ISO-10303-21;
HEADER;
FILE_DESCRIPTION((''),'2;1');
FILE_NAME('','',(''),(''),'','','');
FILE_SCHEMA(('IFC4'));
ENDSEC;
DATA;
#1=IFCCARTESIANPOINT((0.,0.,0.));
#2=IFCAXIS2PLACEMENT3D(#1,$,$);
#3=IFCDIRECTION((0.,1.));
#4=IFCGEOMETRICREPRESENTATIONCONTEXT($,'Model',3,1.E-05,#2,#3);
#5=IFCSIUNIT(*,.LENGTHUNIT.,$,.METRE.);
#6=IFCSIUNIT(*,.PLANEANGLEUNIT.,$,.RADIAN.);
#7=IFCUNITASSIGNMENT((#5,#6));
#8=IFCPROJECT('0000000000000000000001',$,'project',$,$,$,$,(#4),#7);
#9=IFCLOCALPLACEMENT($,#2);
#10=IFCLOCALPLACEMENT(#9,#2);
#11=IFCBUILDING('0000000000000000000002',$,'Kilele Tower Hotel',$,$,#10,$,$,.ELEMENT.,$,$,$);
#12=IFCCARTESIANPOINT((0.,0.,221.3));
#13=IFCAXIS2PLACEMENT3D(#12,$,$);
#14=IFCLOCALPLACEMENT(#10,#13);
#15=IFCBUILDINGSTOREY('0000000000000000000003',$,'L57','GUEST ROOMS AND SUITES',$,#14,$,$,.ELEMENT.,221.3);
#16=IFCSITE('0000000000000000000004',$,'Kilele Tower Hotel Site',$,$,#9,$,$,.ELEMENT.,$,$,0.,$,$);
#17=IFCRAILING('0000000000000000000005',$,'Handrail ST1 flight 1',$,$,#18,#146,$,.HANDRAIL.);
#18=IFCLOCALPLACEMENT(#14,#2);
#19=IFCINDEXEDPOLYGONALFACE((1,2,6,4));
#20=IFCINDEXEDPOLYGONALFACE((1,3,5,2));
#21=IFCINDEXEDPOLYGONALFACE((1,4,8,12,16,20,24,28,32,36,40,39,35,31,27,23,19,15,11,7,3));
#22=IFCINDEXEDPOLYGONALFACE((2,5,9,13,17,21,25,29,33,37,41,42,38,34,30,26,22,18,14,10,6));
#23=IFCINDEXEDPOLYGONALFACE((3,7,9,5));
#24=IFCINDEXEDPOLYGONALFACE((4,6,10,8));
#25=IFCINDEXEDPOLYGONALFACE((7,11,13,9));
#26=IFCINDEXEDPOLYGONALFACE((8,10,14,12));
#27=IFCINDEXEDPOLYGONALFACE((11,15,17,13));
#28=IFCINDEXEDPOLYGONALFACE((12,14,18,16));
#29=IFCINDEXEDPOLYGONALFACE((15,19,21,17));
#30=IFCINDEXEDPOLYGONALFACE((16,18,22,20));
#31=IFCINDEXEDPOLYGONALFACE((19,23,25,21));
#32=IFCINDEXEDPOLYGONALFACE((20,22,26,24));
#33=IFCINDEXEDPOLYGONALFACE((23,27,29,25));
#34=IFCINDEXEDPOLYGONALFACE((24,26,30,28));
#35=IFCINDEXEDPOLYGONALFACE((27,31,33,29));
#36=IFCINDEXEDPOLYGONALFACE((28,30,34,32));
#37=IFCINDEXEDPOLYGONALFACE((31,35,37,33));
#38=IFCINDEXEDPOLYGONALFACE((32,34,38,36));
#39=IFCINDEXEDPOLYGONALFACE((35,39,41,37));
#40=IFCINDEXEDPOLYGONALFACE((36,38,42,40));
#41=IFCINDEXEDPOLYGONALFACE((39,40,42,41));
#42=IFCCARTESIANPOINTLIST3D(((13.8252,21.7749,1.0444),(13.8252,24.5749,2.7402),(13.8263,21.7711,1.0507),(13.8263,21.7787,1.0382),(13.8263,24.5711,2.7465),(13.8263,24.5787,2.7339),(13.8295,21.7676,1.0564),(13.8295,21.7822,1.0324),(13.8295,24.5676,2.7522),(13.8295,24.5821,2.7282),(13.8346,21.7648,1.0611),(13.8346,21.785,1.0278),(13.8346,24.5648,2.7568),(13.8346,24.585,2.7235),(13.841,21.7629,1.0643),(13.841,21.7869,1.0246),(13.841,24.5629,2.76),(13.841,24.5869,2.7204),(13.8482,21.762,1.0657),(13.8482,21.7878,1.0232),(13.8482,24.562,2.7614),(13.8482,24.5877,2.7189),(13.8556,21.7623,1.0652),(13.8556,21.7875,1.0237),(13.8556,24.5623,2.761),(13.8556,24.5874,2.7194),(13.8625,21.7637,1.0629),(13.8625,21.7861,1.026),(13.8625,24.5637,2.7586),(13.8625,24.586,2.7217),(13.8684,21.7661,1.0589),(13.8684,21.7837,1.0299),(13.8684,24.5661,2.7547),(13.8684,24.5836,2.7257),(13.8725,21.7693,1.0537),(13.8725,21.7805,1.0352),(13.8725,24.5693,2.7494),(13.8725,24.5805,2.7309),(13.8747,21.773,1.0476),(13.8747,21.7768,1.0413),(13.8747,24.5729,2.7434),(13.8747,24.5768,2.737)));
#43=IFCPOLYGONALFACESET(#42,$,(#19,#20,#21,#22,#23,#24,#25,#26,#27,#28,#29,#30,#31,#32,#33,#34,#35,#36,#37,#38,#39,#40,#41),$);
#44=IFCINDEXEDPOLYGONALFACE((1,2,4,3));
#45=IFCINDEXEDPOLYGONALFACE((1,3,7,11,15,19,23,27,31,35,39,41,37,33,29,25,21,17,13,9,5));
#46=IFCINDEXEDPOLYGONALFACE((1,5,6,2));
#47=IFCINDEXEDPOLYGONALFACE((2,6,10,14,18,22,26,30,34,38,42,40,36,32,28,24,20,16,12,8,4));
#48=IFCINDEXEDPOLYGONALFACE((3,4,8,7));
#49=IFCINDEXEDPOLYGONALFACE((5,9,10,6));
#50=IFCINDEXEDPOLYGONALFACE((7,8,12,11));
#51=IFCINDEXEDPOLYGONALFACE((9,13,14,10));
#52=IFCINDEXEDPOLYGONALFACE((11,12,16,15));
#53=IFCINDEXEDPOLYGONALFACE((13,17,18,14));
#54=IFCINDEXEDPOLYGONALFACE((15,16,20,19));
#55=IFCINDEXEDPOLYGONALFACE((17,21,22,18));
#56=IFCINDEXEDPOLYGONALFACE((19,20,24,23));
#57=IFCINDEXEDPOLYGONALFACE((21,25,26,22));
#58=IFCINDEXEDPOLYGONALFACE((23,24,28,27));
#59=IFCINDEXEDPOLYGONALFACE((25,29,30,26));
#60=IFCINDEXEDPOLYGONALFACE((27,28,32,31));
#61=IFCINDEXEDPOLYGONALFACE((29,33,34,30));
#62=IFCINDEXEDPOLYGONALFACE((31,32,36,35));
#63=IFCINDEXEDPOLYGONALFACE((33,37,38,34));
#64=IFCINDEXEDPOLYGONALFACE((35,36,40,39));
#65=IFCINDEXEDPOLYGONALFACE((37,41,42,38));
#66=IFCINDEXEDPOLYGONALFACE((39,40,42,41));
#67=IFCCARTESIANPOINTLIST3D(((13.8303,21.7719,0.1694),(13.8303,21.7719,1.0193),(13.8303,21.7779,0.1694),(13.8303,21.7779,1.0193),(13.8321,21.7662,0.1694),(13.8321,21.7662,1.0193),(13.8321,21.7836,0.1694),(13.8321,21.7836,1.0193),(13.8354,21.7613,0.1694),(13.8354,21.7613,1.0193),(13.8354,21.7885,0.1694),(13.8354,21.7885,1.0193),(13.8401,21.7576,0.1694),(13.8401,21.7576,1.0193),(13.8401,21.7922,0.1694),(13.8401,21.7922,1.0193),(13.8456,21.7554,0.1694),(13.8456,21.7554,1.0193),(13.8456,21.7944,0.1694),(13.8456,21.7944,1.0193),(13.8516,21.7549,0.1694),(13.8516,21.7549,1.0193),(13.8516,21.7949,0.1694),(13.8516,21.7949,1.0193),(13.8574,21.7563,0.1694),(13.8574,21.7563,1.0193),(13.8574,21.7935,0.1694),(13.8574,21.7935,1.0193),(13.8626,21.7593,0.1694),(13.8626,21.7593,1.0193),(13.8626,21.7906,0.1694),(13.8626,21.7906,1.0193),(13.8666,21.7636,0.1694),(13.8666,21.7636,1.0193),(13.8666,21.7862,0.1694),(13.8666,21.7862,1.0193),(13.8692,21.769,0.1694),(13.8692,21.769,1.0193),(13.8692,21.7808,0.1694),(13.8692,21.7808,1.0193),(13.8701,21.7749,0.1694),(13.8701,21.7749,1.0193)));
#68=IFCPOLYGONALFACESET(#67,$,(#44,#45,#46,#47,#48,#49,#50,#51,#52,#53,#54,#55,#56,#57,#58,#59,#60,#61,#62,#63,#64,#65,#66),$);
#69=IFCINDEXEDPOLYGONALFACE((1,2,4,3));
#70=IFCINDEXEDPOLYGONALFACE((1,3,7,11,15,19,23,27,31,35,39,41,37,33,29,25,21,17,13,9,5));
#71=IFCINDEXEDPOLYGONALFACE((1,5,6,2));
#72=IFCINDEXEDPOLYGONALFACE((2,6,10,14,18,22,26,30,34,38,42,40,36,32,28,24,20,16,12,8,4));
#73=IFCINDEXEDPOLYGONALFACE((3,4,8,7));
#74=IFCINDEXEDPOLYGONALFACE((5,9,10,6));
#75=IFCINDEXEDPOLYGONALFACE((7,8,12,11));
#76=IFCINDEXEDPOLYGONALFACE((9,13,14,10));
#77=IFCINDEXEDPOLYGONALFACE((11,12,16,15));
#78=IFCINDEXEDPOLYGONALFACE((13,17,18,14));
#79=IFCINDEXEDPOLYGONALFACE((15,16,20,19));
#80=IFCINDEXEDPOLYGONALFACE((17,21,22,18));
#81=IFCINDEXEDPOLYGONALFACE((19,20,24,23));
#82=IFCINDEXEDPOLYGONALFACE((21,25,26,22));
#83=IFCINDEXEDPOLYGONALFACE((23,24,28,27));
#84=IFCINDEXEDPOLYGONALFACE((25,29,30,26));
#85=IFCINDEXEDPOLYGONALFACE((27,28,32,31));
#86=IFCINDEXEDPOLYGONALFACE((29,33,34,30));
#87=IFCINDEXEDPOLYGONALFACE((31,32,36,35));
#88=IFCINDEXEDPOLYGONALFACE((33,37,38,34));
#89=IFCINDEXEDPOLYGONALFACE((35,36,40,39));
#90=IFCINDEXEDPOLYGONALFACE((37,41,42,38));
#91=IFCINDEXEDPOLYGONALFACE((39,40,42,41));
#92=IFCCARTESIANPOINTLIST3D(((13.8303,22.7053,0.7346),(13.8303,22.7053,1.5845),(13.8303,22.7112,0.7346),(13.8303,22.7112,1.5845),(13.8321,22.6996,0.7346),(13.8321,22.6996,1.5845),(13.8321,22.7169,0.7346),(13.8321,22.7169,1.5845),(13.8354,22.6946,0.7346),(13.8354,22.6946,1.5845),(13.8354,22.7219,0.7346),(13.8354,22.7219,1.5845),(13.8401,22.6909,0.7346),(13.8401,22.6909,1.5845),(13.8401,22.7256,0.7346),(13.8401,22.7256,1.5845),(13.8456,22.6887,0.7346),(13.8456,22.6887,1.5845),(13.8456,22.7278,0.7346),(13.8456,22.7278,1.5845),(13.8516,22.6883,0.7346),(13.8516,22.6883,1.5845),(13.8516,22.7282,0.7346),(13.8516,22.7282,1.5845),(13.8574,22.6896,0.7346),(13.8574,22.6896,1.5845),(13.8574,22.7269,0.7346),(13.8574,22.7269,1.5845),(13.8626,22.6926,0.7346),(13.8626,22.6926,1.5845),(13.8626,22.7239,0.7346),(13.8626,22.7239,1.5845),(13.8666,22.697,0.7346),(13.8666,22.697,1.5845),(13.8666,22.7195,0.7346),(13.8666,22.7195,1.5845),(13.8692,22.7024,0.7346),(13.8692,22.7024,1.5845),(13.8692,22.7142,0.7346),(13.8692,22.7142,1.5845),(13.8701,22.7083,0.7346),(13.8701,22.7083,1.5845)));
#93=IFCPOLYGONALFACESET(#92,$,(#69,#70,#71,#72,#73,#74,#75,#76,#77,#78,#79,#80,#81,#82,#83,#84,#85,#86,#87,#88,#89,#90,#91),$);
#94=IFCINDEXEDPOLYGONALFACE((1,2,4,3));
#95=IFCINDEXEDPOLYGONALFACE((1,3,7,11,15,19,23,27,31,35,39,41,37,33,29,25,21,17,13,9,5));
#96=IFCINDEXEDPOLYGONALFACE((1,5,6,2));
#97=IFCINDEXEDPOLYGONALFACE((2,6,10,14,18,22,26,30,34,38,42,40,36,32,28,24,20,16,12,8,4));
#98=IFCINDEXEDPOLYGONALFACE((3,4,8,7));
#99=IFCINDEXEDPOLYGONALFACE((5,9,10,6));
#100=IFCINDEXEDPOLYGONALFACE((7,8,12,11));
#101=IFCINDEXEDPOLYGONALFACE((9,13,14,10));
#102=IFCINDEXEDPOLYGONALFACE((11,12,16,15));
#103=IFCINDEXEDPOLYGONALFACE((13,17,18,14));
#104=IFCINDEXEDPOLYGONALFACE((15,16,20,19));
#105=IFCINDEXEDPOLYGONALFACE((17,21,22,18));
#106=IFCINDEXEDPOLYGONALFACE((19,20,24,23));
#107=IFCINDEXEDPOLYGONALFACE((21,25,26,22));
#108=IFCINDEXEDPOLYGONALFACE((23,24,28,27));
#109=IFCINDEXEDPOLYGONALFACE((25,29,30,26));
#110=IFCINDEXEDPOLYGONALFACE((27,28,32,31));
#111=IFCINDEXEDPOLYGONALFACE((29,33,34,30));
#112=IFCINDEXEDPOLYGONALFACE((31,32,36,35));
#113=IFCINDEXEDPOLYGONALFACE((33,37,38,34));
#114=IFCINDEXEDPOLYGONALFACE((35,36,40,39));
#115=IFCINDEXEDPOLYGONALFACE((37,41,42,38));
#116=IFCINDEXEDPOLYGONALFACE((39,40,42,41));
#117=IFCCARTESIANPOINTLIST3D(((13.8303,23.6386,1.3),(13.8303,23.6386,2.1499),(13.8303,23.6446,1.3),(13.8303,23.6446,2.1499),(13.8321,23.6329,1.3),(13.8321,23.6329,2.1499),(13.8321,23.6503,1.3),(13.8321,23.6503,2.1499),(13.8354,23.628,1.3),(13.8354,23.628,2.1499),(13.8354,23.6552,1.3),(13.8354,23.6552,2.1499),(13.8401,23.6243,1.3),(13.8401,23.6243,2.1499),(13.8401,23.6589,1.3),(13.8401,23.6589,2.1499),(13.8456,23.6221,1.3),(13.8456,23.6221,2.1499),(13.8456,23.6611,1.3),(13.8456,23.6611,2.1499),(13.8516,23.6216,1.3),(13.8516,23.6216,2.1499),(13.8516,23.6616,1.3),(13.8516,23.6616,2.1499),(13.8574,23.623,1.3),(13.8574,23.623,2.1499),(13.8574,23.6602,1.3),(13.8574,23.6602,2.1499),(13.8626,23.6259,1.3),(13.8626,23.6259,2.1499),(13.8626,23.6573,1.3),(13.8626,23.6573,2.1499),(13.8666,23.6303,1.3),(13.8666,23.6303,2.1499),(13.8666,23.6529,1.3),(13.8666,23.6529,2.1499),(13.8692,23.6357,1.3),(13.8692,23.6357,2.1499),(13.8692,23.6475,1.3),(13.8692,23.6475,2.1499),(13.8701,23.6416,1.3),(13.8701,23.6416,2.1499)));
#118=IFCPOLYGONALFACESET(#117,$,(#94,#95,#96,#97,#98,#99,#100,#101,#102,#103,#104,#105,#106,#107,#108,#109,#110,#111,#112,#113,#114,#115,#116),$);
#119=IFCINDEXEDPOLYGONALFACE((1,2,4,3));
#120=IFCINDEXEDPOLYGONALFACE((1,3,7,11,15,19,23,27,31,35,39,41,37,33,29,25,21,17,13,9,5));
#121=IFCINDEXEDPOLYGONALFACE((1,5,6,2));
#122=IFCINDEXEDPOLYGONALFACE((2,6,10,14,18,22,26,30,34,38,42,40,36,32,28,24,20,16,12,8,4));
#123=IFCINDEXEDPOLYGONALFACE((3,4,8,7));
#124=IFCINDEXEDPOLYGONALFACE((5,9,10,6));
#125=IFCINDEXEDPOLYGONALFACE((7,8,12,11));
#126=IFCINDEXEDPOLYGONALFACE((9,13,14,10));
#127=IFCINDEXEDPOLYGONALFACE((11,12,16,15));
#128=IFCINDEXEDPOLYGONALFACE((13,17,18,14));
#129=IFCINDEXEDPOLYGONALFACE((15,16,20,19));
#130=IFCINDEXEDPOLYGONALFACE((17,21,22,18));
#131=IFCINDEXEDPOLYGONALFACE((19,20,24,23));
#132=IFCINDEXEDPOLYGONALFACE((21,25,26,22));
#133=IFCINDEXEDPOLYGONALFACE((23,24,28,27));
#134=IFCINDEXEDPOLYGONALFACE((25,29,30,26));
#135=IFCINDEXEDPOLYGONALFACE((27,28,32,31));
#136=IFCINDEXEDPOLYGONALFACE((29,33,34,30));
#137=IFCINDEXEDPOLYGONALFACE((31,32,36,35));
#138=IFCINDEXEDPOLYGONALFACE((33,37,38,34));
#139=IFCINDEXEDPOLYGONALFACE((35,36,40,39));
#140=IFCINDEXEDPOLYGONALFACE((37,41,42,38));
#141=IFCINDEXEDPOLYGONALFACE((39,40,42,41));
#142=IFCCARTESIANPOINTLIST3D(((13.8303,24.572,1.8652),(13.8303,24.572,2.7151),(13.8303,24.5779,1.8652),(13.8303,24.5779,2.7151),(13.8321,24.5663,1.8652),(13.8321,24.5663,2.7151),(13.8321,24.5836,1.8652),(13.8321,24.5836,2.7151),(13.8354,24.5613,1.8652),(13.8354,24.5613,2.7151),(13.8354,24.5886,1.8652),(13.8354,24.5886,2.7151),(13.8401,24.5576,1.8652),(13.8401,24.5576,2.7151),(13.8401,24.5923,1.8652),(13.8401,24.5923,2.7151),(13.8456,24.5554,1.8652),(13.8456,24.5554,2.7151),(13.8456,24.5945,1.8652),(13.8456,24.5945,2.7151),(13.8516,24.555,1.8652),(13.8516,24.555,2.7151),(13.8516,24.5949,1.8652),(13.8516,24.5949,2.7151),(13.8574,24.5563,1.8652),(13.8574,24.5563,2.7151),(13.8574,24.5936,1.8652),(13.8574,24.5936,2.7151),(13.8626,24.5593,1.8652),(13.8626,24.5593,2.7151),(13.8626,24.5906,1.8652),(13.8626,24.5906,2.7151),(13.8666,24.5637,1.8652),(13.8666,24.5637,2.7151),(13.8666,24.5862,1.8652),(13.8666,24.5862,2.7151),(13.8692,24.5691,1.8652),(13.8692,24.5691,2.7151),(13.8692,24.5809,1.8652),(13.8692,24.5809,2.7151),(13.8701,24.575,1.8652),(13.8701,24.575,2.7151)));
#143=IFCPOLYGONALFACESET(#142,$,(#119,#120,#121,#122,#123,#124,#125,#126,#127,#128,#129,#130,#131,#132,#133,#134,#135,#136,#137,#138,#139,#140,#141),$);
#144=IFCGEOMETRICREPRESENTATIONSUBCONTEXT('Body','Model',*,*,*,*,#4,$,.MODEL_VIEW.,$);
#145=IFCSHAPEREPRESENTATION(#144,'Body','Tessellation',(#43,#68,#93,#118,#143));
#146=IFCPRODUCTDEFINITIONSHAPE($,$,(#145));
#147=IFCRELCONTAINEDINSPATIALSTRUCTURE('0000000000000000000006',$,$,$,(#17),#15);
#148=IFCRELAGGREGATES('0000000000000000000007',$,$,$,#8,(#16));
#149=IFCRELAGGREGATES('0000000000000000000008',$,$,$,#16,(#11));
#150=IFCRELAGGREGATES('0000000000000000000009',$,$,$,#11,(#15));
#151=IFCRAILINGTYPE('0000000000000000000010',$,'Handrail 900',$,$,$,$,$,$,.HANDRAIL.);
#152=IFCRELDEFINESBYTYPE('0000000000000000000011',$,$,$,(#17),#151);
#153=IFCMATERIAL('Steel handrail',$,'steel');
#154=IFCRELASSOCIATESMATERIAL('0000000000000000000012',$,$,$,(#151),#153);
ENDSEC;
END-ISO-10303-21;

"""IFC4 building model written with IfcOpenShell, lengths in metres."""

from ifc_helpers import new_model, si_unit, direction, frame, origin, origin_2d, place, context, subcontext, project, spatial, circle, extrude, material, type_object, element, save


model = new_model("IFC4")

# Units and contexts
model_context = context("Model", 3, precision=1e-05, world=origin(), true_north=direction((0.0, 1.0)))
body_context = subcontext(model_context, "Body", "Model", "MODEL_VIEW")
ifc_project = project(units=[si_unit("LENGTHUNIT", "METRE"), si_unit("PLANEANGLEUNIT", "RADIAN")], contexts=[model_context])

# Site, building, storey
site_placement = place(None, origin())
site = spatial("IfcSite", under=ifc_project, at=site_placement, Name="Kilele Tower Hotel Site", CompositionType="ELEMENT", RefElevation=0.0)
building_placement = place(site_placement, origin())
building = spatial("IfcBuilding", under=site, at=building_placement, Name="Kilele Tower Hotel", CompositionType="ELEMENT")
storey_placement = place(building_placement, frame((0.0, 0.0, 221.3)))
storey = spatial("IfcBuildingStorey", under=building, at=storey_placement, Name="L57", Description="GUEST ROOMS AND SUITES", CompositionType="ELEMENT", Elevation=221.3)

# Railing
ifc_material_1 = material(Name="Steel handrail", Category="steel")
railing_type_1 = type_object("IfcRailingType", Name="Handrail 900", PredefinedType="HANDRAIL", material=ifc_material_1)
for number, where, name in (
    (1, (13.8501, 21.7749, 0.1694), "Handrail ST1 flight 1"),
):
    element("IfcRailing", number, at=place(storey_placement, frame(where)), inside=storey, type_object=railing_type_1, Name=name, PredefinedType="HANDRAIL", context=body_context, shape_type="SweptSolid", body=[
        extrude(circle(Radius=0.0249, at=origin_2d()), frame((0.0, 0.0, 0.875), z_axis=(0.0, 0.85536, 0.518034), x_axis=(-1.0, 0.0, 0.0)), (0.0, 0.0, 1.0), 3.2734),
        extrude(circle(Radius=0.02, at=origin_2d()), origin(), (0.0, 0.0, 1.0), 0.8499),
        extrude(circle(Radius=0.02, at=origin_2d()), frame((0.0, 0.9333, 0.5652)), (0.0, 0.0, 1.0), 0.8499),
        extrude(circle(Radius=0.02, at=origin_2d()), frame((0.0, 1.8667, 1.1306)), (0.0, 0.0, 1.0), 0.8499),
        extrude(circle(Radius=0.02, at=origin_2d()), frame((0.0, 2.8, 1.6958)), (0.0, 0.0, 1.0), 0.8499),
    ])

save(model, "model.ifc")
